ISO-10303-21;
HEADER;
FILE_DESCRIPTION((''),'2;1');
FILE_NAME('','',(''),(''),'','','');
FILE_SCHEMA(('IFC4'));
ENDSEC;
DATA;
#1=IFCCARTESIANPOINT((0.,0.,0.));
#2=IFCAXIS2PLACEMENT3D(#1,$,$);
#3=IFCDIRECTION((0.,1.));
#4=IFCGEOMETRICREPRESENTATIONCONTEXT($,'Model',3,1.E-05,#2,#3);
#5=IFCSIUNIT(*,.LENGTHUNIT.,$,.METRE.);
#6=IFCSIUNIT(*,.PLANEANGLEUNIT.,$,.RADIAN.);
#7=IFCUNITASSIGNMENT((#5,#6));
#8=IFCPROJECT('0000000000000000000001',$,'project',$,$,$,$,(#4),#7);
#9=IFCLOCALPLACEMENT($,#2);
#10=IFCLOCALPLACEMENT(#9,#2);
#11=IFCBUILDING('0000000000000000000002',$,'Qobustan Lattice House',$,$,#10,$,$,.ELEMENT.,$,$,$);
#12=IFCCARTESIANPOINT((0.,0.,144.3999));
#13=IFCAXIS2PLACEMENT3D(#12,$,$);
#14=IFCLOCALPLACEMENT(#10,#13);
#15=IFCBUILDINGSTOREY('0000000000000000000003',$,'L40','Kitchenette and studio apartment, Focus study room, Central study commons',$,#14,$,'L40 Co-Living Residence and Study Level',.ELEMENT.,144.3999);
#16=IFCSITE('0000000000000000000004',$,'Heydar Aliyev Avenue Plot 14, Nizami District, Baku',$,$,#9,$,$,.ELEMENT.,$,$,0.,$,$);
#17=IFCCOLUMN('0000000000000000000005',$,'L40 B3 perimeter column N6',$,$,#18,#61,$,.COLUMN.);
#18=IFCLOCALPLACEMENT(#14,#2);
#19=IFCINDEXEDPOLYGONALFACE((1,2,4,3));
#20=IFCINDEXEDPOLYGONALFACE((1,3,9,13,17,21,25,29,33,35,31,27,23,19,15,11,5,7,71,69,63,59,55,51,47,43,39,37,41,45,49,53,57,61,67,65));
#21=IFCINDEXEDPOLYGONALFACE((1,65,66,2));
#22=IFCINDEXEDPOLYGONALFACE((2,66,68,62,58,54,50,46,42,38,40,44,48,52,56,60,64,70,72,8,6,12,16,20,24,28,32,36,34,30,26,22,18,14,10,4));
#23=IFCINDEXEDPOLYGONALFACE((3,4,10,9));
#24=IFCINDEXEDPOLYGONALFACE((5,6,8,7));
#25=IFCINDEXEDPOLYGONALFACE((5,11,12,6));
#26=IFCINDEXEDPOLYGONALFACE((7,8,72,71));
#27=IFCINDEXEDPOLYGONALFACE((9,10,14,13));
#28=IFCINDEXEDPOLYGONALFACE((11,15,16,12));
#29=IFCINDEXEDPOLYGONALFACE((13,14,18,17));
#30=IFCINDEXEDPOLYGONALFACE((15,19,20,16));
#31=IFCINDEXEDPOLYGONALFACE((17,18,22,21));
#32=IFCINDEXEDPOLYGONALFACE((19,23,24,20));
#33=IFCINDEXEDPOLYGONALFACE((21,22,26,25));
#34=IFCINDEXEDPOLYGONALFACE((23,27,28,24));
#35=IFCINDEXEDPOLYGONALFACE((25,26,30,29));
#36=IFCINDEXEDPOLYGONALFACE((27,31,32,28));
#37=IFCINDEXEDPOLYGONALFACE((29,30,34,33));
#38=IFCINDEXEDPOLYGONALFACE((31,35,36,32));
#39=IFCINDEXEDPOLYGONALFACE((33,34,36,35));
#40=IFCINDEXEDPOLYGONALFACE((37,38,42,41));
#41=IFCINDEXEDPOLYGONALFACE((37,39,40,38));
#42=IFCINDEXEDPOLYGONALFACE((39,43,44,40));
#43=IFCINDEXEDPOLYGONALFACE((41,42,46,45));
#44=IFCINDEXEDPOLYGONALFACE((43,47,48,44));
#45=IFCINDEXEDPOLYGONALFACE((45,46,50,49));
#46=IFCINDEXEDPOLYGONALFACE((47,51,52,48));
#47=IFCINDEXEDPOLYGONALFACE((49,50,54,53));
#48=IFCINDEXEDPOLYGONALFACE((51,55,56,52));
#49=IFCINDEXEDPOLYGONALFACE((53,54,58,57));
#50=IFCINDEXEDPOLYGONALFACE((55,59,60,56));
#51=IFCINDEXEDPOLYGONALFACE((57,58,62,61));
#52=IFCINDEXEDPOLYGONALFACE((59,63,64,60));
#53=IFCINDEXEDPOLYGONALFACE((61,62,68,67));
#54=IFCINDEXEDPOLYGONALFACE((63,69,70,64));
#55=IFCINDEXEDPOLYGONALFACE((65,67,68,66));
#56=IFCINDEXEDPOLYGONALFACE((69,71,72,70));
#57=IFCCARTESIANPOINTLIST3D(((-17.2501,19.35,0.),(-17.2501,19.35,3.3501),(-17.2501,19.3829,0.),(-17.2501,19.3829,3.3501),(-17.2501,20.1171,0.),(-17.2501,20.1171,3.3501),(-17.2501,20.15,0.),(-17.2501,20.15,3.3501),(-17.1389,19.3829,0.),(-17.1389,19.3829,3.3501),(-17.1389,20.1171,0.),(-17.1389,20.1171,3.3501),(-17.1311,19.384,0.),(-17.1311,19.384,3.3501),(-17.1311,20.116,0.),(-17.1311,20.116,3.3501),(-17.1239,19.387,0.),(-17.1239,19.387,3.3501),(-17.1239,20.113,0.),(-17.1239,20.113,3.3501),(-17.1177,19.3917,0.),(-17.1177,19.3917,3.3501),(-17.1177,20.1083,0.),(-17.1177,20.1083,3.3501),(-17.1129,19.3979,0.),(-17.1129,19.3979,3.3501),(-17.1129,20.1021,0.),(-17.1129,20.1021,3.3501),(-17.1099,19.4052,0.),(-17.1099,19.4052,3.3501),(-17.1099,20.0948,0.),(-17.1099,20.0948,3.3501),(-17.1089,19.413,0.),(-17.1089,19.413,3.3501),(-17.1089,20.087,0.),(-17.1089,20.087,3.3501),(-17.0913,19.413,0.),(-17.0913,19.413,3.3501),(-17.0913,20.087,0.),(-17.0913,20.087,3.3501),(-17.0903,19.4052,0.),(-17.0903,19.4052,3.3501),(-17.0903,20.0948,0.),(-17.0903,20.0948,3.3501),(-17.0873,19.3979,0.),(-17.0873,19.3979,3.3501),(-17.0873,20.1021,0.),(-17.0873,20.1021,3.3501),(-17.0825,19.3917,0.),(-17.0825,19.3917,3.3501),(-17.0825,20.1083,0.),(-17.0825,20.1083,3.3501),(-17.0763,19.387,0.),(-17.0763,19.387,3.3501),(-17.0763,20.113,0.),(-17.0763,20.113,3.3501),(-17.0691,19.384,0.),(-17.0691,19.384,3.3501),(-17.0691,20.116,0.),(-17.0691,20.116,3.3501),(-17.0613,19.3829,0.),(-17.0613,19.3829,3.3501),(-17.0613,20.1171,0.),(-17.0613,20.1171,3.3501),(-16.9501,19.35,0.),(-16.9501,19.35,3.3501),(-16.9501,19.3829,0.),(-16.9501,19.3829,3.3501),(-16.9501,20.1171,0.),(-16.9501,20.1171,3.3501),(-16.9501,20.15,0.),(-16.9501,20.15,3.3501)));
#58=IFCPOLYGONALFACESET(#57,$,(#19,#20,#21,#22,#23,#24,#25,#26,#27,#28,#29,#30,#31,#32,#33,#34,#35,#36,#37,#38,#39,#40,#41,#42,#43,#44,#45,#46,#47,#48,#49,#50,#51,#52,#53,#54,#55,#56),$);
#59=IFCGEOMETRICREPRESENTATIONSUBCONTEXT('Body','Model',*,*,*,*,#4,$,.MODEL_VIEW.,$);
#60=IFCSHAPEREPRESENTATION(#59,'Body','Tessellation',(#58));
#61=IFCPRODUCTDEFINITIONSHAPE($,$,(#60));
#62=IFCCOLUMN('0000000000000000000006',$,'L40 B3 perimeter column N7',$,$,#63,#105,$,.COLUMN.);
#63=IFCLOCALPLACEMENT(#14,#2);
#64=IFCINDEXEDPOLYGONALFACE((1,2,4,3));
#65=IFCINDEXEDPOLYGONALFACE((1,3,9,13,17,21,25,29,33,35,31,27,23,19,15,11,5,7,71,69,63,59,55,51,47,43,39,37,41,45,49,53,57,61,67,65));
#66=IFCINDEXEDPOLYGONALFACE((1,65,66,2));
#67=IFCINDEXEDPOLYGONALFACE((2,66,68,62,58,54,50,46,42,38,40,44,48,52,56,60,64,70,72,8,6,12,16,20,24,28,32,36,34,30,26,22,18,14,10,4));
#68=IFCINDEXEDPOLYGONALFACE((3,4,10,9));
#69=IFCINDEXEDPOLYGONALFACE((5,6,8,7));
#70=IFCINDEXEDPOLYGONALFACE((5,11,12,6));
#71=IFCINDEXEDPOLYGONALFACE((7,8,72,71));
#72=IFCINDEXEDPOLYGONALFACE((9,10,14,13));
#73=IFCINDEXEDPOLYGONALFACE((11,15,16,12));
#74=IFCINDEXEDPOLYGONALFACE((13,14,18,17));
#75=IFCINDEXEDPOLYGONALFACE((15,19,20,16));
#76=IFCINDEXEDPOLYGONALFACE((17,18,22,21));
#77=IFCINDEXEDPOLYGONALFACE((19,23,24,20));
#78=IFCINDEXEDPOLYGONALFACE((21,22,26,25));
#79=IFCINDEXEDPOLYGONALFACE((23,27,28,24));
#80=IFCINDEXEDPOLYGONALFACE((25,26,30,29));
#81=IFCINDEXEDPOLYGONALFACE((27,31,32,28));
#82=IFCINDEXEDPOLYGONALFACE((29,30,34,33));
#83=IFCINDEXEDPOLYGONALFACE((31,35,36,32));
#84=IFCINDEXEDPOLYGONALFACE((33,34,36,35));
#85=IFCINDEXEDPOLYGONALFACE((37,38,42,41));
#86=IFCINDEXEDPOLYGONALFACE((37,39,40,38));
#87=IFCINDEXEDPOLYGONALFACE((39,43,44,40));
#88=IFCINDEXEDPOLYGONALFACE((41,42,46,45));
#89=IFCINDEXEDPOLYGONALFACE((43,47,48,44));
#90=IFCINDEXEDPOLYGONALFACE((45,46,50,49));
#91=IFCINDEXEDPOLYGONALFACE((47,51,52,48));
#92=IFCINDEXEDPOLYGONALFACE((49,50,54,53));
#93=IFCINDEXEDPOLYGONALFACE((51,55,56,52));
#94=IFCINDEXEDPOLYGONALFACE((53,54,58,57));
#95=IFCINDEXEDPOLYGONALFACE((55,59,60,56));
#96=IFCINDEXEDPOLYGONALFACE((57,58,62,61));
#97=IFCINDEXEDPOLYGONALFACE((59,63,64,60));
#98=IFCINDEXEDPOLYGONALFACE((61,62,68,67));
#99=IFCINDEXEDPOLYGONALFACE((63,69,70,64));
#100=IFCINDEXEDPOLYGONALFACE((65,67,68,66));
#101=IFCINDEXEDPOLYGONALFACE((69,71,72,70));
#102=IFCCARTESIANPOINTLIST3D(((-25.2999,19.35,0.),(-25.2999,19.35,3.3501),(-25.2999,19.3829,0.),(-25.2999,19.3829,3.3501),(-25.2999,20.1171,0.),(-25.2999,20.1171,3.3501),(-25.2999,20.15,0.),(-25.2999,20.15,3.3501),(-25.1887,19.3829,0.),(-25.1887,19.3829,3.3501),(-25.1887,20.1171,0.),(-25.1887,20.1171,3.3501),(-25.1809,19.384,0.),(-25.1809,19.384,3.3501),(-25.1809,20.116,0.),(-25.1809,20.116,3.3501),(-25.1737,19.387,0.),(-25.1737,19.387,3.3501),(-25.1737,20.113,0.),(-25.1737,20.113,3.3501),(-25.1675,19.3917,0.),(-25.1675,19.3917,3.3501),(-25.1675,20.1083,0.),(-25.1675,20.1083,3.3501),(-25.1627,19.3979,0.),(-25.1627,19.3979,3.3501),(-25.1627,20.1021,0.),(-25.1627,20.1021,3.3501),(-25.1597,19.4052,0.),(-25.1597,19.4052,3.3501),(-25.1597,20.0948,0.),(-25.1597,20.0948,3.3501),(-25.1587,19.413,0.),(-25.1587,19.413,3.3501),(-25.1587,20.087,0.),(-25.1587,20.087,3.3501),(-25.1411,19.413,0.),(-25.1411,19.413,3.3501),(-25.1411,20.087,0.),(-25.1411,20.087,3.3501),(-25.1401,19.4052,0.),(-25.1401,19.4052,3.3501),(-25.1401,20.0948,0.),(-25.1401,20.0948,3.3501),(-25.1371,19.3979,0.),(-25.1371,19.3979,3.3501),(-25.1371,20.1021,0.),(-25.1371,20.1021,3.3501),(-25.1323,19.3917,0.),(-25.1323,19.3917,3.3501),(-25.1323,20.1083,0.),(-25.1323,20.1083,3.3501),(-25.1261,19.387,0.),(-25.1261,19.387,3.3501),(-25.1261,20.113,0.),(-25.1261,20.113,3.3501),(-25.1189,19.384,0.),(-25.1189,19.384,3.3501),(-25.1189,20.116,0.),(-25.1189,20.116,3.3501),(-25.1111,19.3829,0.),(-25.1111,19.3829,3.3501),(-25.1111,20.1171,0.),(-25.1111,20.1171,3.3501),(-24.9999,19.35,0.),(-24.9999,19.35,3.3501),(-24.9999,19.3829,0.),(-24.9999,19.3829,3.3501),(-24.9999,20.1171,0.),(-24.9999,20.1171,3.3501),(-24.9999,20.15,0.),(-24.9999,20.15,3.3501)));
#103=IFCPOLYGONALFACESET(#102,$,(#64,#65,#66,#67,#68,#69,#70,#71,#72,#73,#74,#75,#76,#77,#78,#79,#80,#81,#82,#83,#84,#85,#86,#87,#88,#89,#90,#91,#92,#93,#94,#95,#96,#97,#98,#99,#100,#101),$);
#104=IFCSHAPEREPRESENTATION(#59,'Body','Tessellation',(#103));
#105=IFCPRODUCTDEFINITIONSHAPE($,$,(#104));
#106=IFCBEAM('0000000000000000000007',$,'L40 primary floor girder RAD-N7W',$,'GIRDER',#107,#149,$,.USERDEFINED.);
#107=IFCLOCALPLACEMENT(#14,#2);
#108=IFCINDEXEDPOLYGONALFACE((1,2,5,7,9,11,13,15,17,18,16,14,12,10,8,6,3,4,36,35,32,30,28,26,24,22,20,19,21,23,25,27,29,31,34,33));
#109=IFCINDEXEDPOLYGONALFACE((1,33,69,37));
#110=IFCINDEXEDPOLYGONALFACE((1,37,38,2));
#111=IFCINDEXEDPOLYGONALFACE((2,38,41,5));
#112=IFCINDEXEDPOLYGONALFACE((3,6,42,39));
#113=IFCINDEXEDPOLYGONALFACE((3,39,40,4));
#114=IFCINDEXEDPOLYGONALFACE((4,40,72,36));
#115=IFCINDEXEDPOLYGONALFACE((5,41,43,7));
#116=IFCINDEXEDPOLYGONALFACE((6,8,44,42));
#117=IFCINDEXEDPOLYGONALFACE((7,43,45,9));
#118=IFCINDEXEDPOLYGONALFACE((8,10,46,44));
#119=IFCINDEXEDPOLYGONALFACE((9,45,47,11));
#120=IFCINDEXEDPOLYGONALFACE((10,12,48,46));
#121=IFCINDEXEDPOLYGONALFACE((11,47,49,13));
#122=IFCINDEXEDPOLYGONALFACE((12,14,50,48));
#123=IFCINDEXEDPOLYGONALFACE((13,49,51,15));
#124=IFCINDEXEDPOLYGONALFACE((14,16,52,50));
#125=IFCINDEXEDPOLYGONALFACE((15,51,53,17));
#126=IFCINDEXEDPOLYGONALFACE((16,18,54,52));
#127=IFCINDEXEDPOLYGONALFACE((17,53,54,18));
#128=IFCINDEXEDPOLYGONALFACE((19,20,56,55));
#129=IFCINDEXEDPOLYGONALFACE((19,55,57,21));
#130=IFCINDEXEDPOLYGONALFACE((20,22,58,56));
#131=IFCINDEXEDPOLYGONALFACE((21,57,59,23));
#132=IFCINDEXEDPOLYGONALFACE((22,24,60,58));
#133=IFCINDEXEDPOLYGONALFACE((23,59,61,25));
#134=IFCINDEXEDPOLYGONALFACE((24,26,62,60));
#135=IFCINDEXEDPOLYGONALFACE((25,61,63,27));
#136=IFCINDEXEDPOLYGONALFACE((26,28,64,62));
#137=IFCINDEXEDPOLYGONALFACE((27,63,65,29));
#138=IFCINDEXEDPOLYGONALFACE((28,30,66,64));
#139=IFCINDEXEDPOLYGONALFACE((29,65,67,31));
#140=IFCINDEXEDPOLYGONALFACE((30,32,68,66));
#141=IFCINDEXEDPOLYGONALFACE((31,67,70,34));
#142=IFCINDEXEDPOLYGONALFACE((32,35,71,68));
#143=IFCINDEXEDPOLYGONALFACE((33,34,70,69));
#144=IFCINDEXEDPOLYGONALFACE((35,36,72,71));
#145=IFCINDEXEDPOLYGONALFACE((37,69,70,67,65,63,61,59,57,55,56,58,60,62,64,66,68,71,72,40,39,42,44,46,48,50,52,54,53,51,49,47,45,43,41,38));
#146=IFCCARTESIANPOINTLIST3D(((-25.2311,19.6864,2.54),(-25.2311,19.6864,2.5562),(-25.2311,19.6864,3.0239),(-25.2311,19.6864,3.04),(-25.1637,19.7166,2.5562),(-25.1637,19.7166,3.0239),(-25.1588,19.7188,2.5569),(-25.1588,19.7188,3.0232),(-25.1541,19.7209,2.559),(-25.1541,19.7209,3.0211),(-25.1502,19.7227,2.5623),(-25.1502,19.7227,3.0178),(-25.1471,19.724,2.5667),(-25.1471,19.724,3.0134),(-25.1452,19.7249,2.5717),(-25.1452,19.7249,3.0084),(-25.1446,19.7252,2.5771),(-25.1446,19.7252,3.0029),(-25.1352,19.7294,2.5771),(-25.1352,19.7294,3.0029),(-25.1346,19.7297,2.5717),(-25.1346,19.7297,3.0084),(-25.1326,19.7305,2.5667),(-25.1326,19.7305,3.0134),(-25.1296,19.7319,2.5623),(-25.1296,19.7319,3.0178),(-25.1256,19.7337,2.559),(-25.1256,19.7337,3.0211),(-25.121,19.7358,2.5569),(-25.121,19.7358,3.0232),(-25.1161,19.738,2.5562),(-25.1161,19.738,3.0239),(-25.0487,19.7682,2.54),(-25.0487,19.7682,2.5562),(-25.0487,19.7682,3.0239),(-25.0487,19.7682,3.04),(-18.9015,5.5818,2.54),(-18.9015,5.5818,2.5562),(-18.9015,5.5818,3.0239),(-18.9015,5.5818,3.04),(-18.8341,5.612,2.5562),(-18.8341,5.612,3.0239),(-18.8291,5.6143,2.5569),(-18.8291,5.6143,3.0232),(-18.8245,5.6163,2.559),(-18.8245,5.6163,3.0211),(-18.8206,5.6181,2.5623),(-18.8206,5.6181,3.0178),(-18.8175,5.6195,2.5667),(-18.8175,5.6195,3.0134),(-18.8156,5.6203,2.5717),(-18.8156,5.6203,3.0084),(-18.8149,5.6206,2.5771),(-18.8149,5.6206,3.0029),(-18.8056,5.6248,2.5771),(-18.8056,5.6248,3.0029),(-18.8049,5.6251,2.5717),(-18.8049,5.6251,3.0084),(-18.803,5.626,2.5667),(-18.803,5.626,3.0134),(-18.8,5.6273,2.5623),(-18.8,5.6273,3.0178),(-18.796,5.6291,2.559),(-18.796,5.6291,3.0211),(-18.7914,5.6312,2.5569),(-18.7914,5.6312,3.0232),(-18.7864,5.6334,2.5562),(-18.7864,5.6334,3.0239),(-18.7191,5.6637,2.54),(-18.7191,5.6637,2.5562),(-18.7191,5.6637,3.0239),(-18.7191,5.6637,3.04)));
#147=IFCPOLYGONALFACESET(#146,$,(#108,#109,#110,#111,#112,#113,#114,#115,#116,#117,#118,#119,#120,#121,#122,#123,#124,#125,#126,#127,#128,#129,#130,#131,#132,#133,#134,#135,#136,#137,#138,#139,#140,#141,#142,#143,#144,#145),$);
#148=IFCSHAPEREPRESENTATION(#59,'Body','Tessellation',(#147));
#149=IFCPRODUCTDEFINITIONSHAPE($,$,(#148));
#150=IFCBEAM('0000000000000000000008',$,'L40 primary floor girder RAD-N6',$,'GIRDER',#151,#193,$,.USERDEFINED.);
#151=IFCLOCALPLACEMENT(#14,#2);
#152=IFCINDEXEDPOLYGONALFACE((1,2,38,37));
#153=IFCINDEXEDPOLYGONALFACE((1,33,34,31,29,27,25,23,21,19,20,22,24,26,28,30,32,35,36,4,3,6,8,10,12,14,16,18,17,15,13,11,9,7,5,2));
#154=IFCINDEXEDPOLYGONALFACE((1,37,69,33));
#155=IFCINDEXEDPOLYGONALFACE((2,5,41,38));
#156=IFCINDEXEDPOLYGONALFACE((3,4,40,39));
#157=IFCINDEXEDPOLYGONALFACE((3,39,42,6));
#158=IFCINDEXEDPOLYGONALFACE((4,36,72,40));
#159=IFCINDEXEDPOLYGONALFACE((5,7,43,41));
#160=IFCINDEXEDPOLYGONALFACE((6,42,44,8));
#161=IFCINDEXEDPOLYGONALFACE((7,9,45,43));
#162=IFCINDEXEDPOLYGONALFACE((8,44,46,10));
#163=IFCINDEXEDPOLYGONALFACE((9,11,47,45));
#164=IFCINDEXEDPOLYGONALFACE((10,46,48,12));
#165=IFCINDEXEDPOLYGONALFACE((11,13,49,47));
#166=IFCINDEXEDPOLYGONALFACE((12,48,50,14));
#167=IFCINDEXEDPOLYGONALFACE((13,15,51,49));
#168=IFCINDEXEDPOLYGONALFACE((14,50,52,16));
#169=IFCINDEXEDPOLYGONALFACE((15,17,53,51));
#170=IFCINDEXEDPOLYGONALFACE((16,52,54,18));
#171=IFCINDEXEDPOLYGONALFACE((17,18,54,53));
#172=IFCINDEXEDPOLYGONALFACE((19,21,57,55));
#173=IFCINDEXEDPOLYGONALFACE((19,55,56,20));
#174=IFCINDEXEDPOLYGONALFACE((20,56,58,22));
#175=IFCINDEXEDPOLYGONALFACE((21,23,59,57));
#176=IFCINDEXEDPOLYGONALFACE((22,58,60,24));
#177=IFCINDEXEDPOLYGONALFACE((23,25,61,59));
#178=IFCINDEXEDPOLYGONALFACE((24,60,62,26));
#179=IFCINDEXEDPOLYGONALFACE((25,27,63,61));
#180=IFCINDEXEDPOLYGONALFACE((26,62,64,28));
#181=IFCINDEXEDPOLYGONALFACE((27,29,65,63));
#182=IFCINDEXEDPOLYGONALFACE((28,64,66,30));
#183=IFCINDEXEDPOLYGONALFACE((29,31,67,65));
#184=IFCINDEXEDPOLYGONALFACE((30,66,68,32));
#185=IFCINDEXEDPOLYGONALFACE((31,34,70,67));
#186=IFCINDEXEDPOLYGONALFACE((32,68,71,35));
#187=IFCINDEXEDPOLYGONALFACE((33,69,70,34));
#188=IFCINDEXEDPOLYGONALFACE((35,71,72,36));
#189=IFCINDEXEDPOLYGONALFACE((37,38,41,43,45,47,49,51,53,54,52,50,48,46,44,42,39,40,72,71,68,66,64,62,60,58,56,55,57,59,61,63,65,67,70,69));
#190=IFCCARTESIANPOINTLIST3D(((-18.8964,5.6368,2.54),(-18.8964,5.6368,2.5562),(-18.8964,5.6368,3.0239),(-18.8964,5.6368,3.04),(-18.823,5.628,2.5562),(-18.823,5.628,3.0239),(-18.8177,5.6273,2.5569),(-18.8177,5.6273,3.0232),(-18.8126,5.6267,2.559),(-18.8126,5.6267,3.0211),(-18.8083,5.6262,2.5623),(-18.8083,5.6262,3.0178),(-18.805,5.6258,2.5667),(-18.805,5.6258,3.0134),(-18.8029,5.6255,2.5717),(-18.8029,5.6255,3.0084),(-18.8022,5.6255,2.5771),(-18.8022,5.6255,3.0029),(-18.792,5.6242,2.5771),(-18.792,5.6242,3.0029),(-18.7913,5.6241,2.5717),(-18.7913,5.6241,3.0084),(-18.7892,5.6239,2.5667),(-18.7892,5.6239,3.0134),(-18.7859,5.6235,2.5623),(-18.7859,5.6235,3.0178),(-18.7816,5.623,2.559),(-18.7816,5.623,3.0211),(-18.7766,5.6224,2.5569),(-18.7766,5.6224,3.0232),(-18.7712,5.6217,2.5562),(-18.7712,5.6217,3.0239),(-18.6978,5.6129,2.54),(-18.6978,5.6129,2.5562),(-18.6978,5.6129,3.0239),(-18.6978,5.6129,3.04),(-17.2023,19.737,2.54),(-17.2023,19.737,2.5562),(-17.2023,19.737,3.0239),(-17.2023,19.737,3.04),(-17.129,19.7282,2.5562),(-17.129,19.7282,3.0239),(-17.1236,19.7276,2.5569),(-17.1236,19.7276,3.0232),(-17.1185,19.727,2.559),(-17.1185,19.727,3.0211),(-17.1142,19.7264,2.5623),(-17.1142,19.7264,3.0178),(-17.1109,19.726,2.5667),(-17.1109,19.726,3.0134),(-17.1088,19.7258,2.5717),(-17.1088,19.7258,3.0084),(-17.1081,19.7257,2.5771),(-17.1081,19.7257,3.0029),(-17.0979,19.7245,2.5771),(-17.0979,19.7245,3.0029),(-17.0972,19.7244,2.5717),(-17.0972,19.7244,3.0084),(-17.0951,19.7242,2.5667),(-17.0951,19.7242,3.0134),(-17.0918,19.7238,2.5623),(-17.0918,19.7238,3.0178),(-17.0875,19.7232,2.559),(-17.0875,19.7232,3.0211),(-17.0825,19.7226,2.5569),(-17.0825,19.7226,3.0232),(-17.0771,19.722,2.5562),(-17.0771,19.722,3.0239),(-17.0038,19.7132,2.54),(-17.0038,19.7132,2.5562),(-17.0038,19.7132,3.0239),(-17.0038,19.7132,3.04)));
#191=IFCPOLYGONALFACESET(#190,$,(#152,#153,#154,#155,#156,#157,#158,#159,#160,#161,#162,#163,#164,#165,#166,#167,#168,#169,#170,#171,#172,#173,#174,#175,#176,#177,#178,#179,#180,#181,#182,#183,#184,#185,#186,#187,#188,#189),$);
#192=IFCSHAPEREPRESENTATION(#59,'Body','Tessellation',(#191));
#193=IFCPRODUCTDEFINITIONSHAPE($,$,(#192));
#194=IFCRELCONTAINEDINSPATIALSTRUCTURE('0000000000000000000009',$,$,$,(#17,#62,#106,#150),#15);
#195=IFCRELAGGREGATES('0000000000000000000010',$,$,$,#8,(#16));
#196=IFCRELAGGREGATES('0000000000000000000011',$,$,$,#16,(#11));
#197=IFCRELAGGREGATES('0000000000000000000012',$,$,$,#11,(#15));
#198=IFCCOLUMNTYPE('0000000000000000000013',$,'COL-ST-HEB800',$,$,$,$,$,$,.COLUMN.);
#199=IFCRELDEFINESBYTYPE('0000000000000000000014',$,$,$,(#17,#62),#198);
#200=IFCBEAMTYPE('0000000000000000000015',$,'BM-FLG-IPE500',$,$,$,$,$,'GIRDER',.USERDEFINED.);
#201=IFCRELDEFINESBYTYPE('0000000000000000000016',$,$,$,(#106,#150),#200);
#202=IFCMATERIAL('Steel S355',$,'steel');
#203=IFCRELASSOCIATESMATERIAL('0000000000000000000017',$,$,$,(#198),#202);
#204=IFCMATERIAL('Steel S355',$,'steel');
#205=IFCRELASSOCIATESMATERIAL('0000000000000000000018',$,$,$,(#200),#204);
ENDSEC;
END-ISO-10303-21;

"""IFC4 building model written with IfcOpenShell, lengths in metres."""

from ifc_helpers import new_model, si_unit, direction, frame, origin, origin_2d, place, context, subcontext, project, spatial, i_section, extrude, material, material_profile, profile_set, type_object, element, save


model = new_model("IFC4")

# Units and contexts
model_context = context("Model", 3, precision=1e-05, world=origin(), true_north=direction((0.0, 1.0)))
body_context = subcontext(model_context, "Body", "Model", "MODEL_VIEW")
ifc_project = project(units=[si_unit("LENGTHUNIT", "METRE"), si_unit("PLANEANGLEUNIT", "RADIAN")], contexts=[model_context])

# Site, building, storey
site_placement = place(None, origin())
site = spatial("IfcSite", under=ifc_project, at=site_placement, Name="Heydar Aliyev Avenue Plot 14, Nizami District, Baku", CompositionType="ELEMENT", RefElevation=0.0)
building_placement = place(site_placement, origin())
building = spatial("IfcBuilding", under=site, at=building_placement, Name="Qobustan Lattice House", CompositionType="ELEMENT")
storey_placement = place(building_placement, frame((0.0, 0.0, 144.3999)))
storey = spatial("IfcBuildingStorey", under=building, at=storey_placement, Name="L40", Description="Kitchenette and studio apartment, Focus study room, Central study commons", LongName="L40 Co-Living Residence and Study Level", CompositionType="ELEMENT", Elevation=144.3999)

# Columns
ifc_material_1 = material(Name="Steel S355", Category="steel")
ifc_material_profile_1 = material_profile(ifc_material_1, i_section(OverallWidth=0.3, OverallDepth=0.8, WebThickness=0.0176, FlangeThickness=0.033, FilletRadius=0.03, at=origin_2d()), Name="HEB800")
ifc_profile_set_1 = profile_set([ifc_material_profile_1], Name="Steel S355")
column_type = type_object("IfcColumnType", Name="COL-ST-HEB800", PredefinedType="COLUMN", material=ifc_profile_set_1)
for number, where, z_axis, x_axis, name in (
    (1, (-17.1001, 19.75, 0.0), (0.0, 0.0, 1.0), (1.0, 0.0, 0.0), "L40 B3 perimeter column N6"),
    (2, (-25.1499, 19.75, 0.0), (0.0, 0.0, 1.0), (1.0, 0.0, 0.0), "L40 B3 perimeter column N7"),
):
    element("IfcColumn", number, at=place(storey_placement, frame(where, z_axis=z_axis, x_axis=x_axis)), inside=storey, type_object=column_type, Name=name, PredefinedType="COLUMN", context=body_context, shape_type="SweptSolid", body=[
        extrude(i_section(OverallWidth=0.3, OverallDepth=0.8, WebThickness=0.0176, FlangeThickness=0.033, FilletRadius=0.03, at=origin_2d()), origin(), (0.0, 0.0, 1.0), 3.3501),
    ])

# Beams
ifc_material_2 = material(Name="Steel S355", Category="steel")
ifc_material_profile_2 = material_profile(ifc_material_2, i_section(OverallWidth=0.2, OverallDepth=0.5, WebThickness=0.0103, FlangeThickness=0.0161, FilletRadius=0.021, at=origin_2d()), Name="IPE500")
ifc_profile_set_2 = profile_set([ifc_material_profile_2], Name="Steel S355")
beam_type_1 = type_object("IfcBeamType", Name="BM-FLG-IPE500", ElementType="GIRDER", PredefinedType="USERDEFINED", material=ifc_profile_set_2)
beam_1_placement = place(storey_placement, frame((-25.1399, 19.7273, 2.79), z_axis=(0.409427, -0.912343, 0.0), x_axis=(0.912343, 0.409427, 0.0)))
element("IfcBeam", 3, at=beam_1_placement, inside=storey, type_object=beam_type_1, Name="L40 primary floor girder RAD-N7W", ObjectType="GIRDER", PredefinedType="USERDEFINED", context=body_context, shape_type="SweptSolid", body=[
    extrude(i_section(OverallWidth=0.2, OverallDepth=0.5, WebThickness=0.0103, FlangeThickness=0.0161, FilletRadius=0.021, at=origin_2d()), origin(), (0.0, 0.0, 1.0), 15.4597),
])
beam_2_placement = place(storey_placement, frame((-17.103, 19.7251, 2.79), z_axis=(-0.119288, -0.99286, 0.0), x_axis=(0.99286, -0.119288, 0.0)))
element("IfcBeam", 4, at=beam_2_placement, inside=storey, type_object=beam_type_1, Name="L40 primary floor girder RAD-N6", ObjectType="GIRDER", PredefinedType="USERDEFINED", context=body_context, shape_type="SweptSolid", body=[
    extrude(i_section(OverallWidth=0.2, OverallDepth=0.5, WebThickness=0.0103, FlangeThickness=0.0161, FilletRadius=0.021, at=origin_2d()), origin(), (0.0, 0.0, 1.0), 14.2017),
])

save(model, "model.ifc")
